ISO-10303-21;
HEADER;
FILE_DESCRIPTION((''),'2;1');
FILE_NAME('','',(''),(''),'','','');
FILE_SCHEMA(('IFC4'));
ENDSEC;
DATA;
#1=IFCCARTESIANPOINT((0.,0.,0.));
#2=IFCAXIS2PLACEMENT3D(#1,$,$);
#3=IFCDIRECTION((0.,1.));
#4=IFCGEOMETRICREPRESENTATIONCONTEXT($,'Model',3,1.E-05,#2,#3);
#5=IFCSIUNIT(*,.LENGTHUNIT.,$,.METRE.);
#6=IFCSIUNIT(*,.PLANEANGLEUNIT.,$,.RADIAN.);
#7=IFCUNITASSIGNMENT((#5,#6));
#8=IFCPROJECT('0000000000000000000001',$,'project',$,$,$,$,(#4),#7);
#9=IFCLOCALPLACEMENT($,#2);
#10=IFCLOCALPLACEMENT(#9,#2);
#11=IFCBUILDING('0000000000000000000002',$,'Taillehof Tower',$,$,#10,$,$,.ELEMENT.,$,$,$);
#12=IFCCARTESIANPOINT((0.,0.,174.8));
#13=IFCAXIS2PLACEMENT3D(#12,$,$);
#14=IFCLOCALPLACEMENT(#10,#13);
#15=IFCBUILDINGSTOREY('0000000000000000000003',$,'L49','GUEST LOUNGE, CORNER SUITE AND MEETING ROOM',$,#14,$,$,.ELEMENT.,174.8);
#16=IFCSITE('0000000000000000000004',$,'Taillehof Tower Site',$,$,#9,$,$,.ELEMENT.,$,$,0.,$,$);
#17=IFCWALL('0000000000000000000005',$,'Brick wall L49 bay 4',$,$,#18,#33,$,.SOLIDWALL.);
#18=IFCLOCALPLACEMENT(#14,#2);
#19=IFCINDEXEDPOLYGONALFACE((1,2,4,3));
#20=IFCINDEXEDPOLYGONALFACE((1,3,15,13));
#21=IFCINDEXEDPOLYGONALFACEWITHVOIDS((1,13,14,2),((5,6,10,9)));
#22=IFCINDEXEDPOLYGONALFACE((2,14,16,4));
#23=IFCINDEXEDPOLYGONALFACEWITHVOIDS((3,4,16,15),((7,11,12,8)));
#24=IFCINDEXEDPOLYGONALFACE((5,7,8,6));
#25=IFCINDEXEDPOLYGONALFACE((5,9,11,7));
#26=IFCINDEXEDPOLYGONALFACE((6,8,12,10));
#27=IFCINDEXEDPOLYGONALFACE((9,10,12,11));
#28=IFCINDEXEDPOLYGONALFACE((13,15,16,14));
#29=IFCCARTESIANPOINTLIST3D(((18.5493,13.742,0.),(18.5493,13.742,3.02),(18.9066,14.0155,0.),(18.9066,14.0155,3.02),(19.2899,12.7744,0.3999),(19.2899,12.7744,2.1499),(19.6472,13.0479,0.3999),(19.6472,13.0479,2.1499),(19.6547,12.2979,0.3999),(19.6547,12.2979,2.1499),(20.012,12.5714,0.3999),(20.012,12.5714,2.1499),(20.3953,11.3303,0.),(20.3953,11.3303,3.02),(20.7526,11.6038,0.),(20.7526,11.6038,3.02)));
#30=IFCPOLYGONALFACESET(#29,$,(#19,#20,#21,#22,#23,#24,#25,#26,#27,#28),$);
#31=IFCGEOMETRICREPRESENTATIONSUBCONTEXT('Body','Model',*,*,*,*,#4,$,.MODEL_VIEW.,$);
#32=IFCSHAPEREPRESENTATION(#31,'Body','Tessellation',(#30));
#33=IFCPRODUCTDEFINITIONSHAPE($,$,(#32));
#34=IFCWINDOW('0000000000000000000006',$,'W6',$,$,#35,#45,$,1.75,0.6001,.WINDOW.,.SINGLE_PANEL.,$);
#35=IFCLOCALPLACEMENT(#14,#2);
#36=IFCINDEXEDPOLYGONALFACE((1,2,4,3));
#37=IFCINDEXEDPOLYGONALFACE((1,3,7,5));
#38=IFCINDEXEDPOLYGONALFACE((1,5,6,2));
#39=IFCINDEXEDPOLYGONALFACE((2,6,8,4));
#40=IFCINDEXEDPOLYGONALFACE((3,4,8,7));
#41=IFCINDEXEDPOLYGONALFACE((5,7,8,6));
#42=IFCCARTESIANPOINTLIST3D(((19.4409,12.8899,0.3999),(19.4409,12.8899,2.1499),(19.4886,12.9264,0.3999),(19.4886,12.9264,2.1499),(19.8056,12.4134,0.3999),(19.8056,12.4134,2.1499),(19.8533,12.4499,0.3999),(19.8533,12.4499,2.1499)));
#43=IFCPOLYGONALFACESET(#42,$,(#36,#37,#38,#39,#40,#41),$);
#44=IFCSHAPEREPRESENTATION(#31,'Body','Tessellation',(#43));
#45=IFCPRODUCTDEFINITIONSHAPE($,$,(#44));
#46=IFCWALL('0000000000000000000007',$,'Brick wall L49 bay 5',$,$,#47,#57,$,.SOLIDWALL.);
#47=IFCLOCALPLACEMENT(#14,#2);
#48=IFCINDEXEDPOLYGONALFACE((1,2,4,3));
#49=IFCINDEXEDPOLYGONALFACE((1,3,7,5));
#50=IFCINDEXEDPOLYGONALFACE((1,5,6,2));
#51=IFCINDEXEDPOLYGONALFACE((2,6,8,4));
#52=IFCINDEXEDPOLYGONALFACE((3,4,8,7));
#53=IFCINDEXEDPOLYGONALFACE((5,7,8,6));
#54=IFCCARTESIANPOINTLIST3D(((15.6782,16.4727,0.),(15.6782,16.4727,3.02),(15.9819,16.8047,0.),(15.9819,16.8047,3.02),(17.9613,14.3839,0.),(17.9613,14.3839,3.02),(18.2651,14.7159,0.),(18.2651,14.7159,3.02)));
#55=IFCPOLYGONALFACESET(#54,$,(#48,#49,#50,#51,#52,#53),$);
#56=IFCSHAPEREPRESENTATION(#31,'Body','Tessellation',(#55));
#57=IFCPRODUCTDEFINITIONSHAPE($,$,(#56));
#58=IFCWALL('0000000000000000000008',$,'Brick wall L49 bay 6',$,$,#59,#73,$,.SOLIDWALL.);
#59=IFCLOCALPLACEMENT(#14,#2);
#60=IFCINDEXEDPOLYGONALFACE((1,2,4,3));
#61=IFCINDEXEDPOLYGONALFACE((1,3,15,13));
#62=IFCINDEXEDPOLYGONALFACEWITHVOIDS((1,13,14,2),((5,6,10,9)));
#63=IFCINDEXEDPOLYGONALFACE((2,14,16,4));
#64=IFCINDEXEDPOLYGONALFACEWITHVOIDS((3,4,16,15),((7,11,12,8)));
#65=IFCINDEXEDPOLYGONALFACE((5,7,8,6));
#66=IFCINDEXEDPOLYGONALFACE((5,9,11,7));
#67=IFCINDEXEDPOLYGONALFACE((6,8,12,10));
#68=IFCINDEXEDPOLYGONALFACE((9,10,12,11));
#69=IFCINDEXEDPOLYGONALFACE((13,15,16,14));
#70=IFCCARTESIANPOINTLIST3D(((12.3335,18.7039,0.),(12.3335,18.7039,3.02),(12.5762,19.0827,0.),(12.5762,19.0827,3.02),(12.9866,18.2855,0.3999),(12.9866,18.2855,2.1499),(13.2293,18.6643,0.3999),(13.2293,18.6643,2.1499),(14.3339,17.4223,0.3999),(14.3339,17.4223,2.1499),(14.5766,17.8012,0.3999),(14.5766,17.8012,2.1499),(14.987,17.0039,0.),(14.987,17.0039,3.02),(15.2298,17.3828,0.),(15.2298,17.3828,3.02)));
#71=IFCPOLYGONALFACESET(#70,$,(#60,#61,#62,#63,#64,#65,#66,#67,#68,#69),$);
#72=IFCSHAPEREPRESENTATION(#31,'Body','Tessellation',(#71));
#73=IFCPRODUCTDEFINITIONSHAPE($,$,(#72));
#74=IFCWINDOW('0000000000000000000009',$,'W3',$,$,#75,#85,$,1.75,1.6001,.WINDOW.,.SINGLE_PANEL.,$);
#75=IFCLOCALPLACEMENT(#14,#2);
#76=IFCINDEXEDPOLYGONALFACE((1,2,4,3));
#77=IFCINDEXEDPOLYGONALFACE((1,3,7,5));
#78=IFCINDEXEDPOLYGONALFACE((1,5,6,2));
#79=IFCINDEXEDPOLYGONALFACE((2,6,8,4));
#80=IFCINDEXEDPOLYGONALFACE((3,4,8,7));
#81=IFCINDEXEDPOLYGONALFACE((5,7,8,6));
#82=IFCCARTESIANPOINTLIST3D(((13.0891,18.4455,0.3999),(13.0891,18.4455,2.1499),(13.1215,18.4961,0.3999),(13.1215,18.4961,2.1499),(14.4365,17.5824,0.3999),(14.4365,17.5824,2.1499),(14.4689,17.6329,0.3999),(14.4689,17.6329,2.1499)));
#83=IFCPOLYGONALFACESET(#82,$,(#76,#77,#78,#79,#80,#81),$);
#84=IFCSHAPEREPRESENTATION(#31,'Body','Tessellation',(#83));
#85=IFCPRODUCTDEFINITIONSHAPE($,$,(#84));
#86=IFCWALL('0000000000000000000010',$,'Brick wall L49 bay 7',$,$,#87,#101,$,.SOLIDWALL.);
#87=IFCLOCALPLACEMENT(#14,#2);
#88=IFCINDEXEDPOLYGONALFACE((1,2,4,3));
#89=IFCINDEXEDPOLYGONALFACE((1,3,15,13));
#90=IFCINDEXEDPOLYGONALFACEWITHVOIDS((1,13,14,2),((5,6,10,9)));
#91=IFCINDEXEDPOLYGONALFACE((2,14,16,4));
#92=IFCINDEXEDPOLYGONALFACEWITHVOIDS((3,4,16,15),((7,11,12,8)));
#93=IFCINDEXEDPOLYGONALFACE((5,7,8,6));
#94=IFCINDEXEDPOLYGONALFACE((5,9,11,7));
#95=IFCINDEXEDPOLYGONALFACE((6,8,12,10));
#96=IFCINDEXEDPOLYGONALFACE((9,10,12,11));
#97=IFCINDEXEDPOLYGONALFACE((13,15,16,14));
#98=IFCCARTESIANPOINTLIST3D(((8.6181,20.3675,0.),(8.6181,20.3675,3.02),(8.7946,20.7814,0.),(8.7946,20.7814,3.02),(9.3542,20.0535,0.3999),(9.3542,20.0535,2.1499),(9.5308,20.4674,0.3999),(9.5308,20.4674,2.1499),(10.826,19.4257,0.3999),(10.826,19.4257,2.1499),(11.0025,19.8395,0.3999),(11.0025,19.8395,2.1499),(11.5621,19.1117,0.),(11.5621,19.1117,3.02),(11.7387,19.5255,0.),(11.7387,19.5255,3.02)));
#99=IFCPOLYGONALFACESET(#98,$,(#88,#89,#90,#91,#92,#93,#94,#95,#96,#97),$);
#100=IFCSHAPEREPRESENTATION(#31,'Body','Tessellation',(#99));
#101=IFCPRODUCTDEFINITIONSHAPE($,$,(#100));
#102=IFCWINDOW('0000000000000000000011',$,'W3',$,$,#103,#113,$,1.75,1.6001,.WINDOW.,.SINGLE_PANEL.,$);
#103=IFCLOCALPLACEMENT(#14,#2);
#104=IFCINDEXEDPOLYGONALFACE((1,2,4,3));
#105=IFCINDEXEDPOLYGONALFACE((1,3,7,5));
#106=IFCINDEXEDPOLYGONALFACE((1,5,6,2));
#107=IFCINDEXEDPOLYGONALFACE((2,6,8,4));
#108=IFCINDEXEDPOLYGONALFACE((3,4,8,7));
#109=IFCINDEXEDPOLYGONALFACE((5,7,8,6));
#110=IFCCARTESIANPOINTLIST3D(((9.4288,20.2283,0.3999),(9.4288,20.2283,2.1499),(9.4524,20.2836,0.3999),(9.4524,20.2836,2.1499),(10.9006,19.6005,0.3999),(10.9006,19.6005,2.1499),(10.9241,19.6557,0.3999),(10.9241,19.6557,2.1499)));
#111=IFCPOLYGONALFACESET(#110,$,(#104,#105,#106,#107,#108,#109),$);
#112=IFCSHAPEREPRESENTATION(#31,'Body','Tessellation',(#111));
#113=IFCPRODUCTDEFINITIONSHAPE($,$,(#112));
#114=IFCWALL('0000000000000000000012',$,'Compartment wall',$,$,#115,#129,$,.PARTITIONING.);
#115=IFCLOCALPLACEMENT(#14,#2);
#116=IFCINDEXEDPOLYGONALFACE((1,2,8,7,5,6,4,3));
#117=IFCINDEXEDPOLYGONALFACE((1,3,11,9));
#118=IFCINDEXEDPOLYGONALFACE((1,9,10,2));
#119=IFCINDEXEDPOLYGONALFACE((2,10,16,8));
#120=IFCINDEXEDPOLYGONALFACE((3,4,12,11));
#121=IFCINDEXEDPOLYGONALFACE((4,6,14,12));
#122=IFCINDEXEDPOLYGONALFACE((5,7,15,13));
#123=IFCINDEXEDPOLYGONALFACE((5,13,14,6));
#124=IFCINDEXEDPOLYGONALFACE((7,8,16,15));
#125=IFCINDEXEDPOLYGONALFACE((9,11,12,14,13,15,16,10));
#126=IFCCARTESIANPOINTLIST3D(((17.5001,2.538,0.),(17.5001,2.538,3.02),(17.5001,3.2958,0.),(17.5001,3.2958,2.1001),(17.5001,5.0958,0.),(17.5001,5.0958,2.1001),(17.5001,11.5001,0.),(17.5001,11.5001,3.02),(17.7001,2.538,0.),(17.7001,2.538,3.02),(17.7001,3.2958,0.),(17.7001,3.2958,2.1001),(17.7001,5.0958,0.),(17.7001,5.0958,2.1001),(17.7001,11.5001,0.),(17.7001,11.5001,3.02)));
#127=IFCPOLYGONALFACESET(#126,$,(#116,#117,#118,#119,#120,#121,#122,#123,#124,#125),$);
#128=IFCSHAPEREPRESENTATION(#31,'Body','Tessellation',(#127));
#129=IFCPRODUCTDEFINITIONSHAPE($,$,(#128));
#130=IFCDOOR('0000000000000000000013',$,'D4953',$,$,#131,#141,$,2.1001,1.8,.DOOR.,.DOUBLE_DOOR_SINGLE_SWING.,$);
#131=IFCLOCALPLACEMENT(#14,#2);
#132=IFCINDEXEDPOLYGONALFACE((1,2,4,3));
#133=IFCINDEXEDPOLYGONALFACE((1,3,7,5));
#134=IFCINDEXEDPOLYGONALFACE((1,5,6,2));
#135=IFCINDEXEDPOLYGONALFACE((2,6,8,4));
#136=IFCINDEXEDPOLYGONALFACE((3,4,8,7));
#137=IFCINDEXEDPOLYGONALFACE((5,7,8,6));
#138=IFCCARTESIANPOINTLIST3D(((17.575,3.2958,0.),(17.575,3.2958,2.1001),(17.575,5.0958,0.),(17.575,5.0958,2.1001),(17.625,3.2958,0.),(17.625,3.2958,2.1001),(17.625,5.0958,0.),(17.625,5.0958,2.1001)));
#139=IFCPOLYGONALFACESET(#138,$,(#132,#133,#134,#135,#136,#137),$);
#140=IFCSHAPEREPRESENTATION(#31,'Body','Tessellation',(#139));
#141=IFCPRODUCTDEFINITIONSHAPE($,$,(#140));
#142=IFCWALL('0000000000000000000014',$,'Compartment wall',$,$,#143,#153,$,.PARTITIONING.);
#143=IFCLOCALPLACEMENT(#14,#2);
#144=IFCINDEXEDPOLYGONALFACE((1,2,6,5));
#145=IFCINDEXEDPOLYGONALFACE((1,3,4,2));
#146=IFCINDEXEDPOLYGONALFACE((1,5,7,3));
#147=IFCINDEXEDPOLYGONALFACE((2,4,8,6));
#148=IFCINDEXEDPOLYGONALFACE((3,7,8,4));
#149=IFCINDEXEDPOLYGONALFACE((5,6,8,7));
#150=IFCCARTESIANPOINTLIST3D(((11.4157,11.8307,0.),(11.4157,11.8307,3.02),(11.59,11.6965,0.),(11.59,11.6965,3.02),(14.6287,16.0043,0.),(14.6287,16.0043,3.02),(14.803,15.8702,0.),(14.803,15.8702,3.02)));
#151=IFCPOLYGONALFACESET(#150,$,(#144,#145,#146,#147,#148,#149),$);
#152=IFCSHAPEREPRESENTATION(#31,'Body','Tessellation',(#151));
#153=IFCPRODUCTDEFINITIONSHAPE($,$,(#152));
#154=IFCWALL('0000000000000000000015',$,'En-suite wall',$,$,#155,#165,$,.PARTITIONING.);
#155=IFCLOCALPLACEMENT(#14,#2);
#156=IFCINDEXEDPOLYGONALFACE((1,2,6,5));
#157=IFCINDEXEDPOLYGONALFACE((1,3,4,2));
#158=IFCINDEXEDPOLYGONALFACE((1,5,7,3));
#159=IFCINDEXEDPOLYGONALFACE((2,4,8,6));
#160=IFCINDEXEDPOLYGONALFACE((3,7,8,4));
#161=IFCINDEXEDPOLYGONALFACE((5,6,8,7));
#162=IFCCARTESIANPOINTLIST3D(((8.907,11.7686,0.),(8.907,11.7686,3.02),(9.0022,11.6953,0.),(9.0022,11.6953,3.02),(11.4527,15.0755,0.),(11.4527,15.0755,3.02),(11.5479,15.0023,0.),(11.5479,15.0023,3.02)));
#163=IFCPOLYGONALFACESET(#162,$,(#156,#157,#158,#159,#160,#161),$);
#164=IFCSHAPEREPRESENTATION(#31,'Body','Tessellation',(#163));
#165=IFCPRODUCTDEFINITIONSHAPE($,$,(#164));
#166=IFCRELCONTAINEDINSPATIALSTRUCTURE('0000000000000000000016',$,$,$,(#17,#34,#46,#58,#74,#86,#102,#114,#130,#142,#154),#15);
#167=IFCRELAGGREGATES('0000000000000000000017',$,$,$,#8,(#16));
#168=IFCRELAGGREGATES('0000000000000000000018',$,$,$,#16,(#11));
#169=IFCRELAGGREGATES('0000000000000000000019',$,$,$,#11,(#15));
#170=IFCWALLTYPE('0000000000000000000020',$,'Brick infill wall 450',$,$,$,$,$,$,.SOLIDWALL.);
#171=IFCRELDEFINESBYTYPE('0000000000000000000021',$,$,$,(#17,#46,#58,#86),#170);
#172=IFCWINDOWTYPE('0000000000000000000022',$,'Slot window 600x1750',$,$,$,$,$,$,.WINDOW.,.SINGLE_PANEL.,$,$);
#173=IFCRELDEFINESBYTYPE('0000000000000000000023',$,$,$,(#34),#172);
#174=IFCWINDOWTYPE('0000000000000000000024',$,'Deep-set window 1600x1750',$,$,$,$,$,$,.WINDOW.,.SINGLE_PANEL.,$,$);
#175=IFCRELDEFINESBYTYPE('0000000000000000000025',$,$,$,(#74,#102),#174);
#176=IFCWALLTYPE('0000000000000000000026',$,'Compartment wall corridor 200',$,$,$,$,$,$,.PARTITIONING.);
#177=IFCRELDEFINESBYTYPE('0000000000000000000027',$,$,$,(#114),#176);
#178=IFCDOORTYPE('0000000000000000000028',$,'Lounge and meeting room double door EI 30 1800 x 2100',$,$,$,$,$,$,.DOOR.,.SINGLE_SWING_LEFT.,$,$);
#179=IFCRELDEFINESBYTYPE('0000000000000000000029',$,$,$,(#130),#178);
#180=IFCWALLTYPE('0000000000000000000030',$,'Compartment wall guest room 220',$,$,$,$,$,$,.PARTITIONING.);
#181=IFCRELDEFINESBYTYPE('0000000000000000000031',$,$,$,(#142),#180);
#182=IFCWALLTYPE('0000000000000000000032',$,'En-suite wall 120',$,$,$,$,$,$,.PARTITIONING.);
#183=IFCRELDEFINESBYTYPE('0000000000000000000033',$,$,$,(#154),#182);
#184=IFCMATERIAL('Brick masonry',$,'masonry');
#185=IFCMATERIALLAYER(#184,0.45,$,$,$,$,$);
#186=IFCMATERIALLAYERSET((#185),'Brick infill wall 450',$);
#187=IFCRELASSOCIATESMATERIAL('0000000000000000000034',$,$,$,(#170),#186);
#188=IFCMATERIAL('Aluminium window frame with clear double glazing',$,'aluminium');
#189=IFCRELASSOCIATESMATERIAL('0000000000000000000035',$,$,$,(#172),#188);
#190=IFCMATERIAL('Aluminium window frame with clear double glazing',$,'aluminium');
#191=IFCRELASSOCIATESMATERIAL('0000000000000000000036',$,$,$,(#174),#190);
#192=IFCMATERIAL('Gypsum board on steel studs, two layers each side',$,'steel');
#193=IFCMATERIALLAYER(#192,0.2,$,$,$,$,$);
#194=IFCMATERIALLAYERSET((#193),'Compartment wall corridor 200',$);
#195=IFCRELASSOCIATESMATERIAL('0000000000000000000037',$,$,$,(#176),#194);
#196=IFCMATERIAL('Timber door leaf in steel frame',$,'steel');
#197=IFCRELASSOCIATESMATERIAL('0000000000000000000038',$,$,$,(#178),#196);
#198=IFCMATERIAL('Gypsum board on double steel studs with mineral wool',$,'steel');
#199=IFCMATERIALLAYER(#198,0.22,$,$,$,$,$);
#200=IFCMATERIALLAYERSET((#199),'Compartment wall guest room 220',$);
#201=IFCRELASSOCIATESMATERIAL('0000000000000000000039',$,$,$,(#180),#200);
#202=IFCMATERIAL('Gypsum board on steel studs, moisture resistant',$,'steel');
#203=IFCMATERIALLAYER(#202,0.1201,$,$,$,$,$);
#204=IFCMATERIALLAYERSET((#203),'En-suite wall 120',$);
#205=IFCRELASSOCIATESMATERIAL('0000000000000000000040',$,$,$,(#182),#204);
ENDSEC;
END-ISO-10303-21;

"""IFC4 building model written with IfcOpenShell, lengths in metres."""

from ifc_helpers import new_model, si_unit, direction, frame, frame_2d, origin, place, context, subcontext, project, spatial, rectangle, extrude, material, layer, layer_set, type_object, element, fill, save


model = new_model("IFC4")

# Units and contexts
model_context = context("Model", 3, precision=1e-05, world=origin(), true_north=direction((0.0, 1.0)))
body_context = subcontext(model_context, "Body", "Model", "MODEL_VIEW")
ifc_project = project(units=[si_unit("LENGTHUNIT", "METRE"), si_unit("PLANEANGLEUNIT", "RADIAN")], contexts=[model_context])

# Site, building, storey
site_placement = place(None, origin())
site = spatial("IfcSite", under=ifc_project, at=site_placement, Name="Taillehof Tower Site", CompositionType="ELEMENT", RefElevation=0.0)
building_placement = place(site_placement, origin())
building = spatial("IfcBuilding", under=site, at=building_placement, Name="Taillehof Tower", CompositionType="ELEMENT")
storey_placement = place(building_placement, frame((0.0, 0.0, 174.8)))
storey = spatial("IfcBuildingStorey", under=building, at=storey_placement, Name="L49", Description="GUEST LOUNGE, CORNER SUITE AND MEETING ROOM", CompositionType="ELEMENT", Elevation=174.8)

# Wall, opening, window
ifc_material_1 = material(Name="Brick masonry", Category="masonry")
ifc_layer_1 = layer(ifc_material_1, 0.45)
ifc_layer_set_1 = layer_set([ifc_layer_1], Name="Brick infill wall 450")
wall_type_1 = type_object("IfcWallType", Name="Brick infill wall 450", PredefinedType="SOLIDWALL", material=ifc_layer_set_1)
wall_1_placement = place(storey_placement, frame((20.574, 11.467, 0.0), z_axis=(0.0, 0.0, 1.0), x_axis=(-0.607817, 0.794077, 0.0)))
wall_1 = element("IfcWall", 1, at=wall_1_placement, inside=storey, type_object=wall_type_1, Name="Brick wall L49 bay 4", PredefinedType="SOLIDWALL", context=body_context, shape_type="SweptSolid", body=[
    extrude(rectangle(XDim=3.0371, YDim=0.45, at=frame_2d((1.5186, 0.0))), origin(), (0.0, 0.0, 1.0), 3.02),
])
opening_1_placement = place(wall_1_placement, frame((1.2185, 0.0, 0.3999)))
opening_1 = element("IfcOpeningElement", 2, at=opening_1_placement, cuts=wall_1, PredefinedType="OPENING", context=body_context, shape_type="SweptSolid", body=[
    extrude(rectangle(XDim=0.6001, YDim=1.75, at=frame_2d((0.3, 0.875))), frame((0.0, 0.2349, 0.0), z_axis=(0.0, -1.0, 0.0), x_axis=(1.0, 0.0, 0.0)), (0.0, 0.0, 1.0), 0.47),
])
ifc_material_2 = material(Name="Aluminium window frame with clear double glazing", Category="aluminium")
window_type_1 = type_object("IfcWindowType", Name="Slot window 600x1750", PartitioningType="SINGLE_PANEL", PredefinedType="WINDOW", material=ifc_material_2)
window_1_placement = place(opening_1_placement, origin())
window_1 = element("IfcWindow", 3, at=window_1_placement, inside=storey, type_object=window_type_1, Name="W6", OverallHeight=1.75, OverallWidth=0.6001, PartitioningType="SINGLE_PANEL", PredefinedType="WINDOW", context=body_context, shape_type="SweptSolid", body=[
    extrude(rectangle(XDim=0.6001, YDim=1.75, at=frame_2d((0.3, 0.875))), frame((0.0, 0.0349, 0.0), z_axis=(0.0, -1.0, 0.0), x_axis=(1.0, 0.0, 0.0)), (0.0, 0.0, 1.0), 0.0601),
])
fill(opening_1, window_1)

# Wall
wall_2_placement = place(storey_placement, frame((18.1133, 14.5498, 0.0), z_axis=(0.0, 0.0, 1.0), x_axis=(-0.737809, 0.67501, 0.0)))
element("IfcWall", 4, at=wall_2_placement, inside=storey, type_object=wall_type_1, Name="Brick wall L49 bay 5", PredefinedType="SOLIDWALL", context=body_context, shape_type="SweptSolid", body=[
    extrude(rectangle(XDim=3.0945, YDim=0.45, at=frame_2d((1.5474, 0.0))), origin(), (0.0, 0.0, 1.0), 3.02),
])

# Walls, openings, windows
wall_3_placement = place(storey_placement, frame((15.1084, 17.1934, 0.0), z_axis=(0.0, 0.0, 1.0), x_axis=(-0.842031, 0.53943, 0.0)))
wall_3 = element("IfcWall", 5, at=wall_3_placement, inside=storey, type_object=wall_type_1, Name="Brick wall L49 bay 6", PredefinedType="SOLIDWALL", context=body_context, shape_type="SweptSolid", body=[
    extrude(rectangle(XDim=3.1514, YDim=0.45, at=frame_2d((1.5757, 0.0))), origin(), (0.0, 0.0, 1.0), 3.02),
])
opening_2_placement = place(wall_3_placement, frame((0.7756, 0.0, 0.3999)))
opening_2 = element("IfcOpeningElement", 6, at=opening_2_placement, cuts=wall_3, PredefinedType="OPENING", context=body_context, shape_type="SweptSolid", body=[
    extrude(rectangle(XDim=1.6001, YDim=1.75, at=frame_2d((0.8, 0.875))), frame((0.0, 0.2349, 0.0), z_axis=(0.0, -1.0, 0.0), x_axis=(1.0, 0.0, 0.0)), (0.0, 0.0, 1.0), 0.47),
])
ifc_material_3 = material(Name="Aluminium window frame with clear double glazing", Category="aluminium")
window_type_2 = type_object("IfcWindowType", Name="Deep-set window 1600x1750", PartitioningType="SINGLE_PANEL", PredefinedType="WINDOW", material=ifc_material_3)
window_2_placement = place(opening_2_placement, origin())
window_2 = element("IfcWindow", 7, at=window_2_placement, inside=storey, type_object=window_type_2, Name="W3", OverallHeight=1.75, OverallWidth=1.6001, PartitioningType="SINGLE_PANEL", PredefinedType="WINDOW", context=body_context, shape_type="SweptSolid", body=[
    extrude(rectangle(XDim=1.6001, YDim=1.75, at=frame_2d((0.8, 0.875))), frame((0.0, 0.0349, 0.0), z_axis=(0.0, -1.0, 0.0), x_axis=(1.0, 0.0, 0.0)), (0.0, 0.0, 1.0), 0.0601),
])
fill(opening_2, window_2)
wall_4_placement = place(storey_placement, frame((11.6504, 19.3186, 0.0), z_axis=(0.0, 0.0, 1.0), x_axis=(-0.91981, 0.392363, 0.0)))
wall_4 = element("IfcWall", 8, at=wall_4_placement, inside=storey, type_object=wall_type_1, Name="Brick wall L49 bay 7", PredefinedType="SOLIDWALL", context=body_context, shape_type="SweptSolid", body=[
    extrude(rectangle(XDim=3.2007, YDim=0.45, at=frame_2d((1.6003, 0.0))), origin(), (0.0, 0.0, 1.0), 3.02),
])
opening_3_placement = place(wall_4_placement, frame((0.8003, 0.0, 0.3999)))
opening_3 = element("IfcOpeningElement", 9, at=opening_3_placement, cuts=wall_4, PredefinedType="OPENING", context=body_context, shape_type="SweptSolid", body=[
    extrude(rectangle(XDim=1.6001, YDim=1.75, at=frame_2d((0.8, 0.875))), frame((0.0, 0.2349, 0.0), z_axis=(0.0, -1.0, 0.0), x_axis=(1.0, 0.0, 0.0)), (0.0, 0.0, 1.0), 0.47),
])
window_3_placement = place(opening_3_placement, origin())
window_3 = element("IfcWindow", 10, at=window_3_placement, inside=storey, type_object=window_type_2, Name="W3", OverallHeight=1.75, OverallWidth=1.6001, PartitioningType="SINGLE_PANEL", PredefinedType="WINDOW", context=body_context, shape_type="SweptSolid", body=[
    extrude(rectangle(XDim=1.6001, YDim=1.75, at=frame_2d((0.8, 0.875))), frame((0.0, 0.0349, 0.0), z_axis=(0.0, -1.0, 0.0), x_axis=(1.0, 0.0, 0.0)), (0.0, 0.0, 1.0), 0.0601),
])
fill(opening_3, window_3)

# Wall, opening, door
ifc_material_4 = material(Name="Gypsum board on steel studs, two layers each side", Category="steel")
ifc_layer_2 = layer(ifc_material_4, 0.2)
ifc_layer_set_2 = layer_set([ifc_layer_2], Name="Compartment wall corridor 200")
wall_type_2 = type_object("IfcWallType", Name="Compartment wall corridor 200", PredefinedType="PARTITIONING", material=ifc_layer_set_2)
wall_5_placement = place(storey_placement, frame((17.6001, 11.5, 0.0), z_axis=(0.0, 0.0, 1.0), x_axis=(0.0, -1.0, 0.0)))
wall_5 = element("IfcWall", 11, at=wall_5_placement, inside=storey, type_object=wall_type_2, Name="Compartment wall", PredefinedType="PARTITIONING", context=body_context, shape_type="SweptSolid", body=[
    extrude(rectangle(XDim=8.9622, YDim=0.2, at=frame_2d((4.481, 0.0))), origin(), (0.0, 0.0, 1.0), 3.02),
])
opening_4_placement = place(wall_5_placement, frame((6.4043, 0.0, 0.0)))
opening_4 = element("IfcOpeningElement", 12, at=opening_4_placement, cuts=wall_5, PredefinedType="OPENING", context=body_context, shape_type="SweptSolid", body=[
    extrude(rectangle(XDim=1.8, YDim=2.1001, at=frame_2d((0.8999, 1.05))), frame((0.0, 0.1099, 0.0), z_axis=(0.0, -1.0, 0.0), x_axis=(1.0, 0.0, 0.0)), (0.0, 0.0, 1.0), 0.22),
])
ifc_material_5 = material(Name="Timber door leaf in steel frame", Category="steel")
door_type_1 = type_object("IfcDoorType", Name="Lounge and meeting room double door EI 30 1800 x 2100", OperationType="SINGLE_SWING_LEFT", PredefinedType="DOOR", material=ifc_material_5)
door_1_placement = place(opening_4_placement, origin())
door_1 = element("IfcDoor", 13, at=door_1_placement, inside=storey, type_object=door_type_1, Name="D4953", OperationType="DOUBLE_DOOR_SINGLE_SWING", OverallHeight=2.1001, OverallWidth=1.8, PredefinedType="DOOR", context=body_context, shape_type="SweptSolid", body=[
    extrude(rectangle(XDim=1.8, YDim=2.1001, at=frame_2d((0.8999, 1.05))), frame((0.0, 0.0249, 0.0), z_axis=(0.0, -1.0, 0.0), x_axis=(1.0, 0.0, 0.0)), (0.0, 0.0, 1.0), 0.05),
])
fill(opening_4, door_1)

# Walls
ifc_material_6 = material(Name="Gypsum board on double steel studs with mineral wool", Category="steel")
ifc_layer_3 = layer(ifc_material_6, 0.22)
ifc_layer_set_3 = layer_set([ifc_layer_3], Name="Compartment wall guest room 220")
wall_type_3 = type_object("IfcWallType", Name="Compartment wall guest room 220", PredefinedType="PARTITIONING", material=ifc_layer_set_3)
wall_6_placement = place(storey_placement, frame((14.7158, 15.9373, 0.0), z_axis=(0.0, 0.0, 1.0), x_axis=(-0.610002, -0.7924, 0.0)))
element("IfcWall", 14, at=wall_6_placement, inside=storey, type_object=wall_type_3, Name="Compartment wall", PredefinedType="PARTITIONING", context=body_context, shape_type="SweptSolid", body=[
    extrude(rectangle(XDim=5.2671, YDim=0.22, at=frame_2d((2.6335, 0.0))), origin(), (0.0, 0.0, 1.0), 3.02),
])
ifc_material_7 = material(Name="Gypsum board on steel studs, moisture resistant", Category="steel")
ifc_layer_4 = layer(ifc_material_7, 0.1201)
ifc_layer_set_4 = layer_set([ifc_layer_4], Name="En-suite wall 120")
wall_type_4 = type_object("IfcWallType", Name="En-suite wall 120", PredefinedType="PARTITIONING", material=ifc_layer_set_4)
wall_7_placement = place(storey_placement, frame((8.9546, 11.7319, 0.0), z_axis=(0.0, 0.0, 1.0), x_axis=(0.609996, 0.792404, 0.0)))
element("IfcWall", 15, at=wall_7_placement, inside=storey, type_object=wall_type_4, Name="En-suite wall", PredefinedType="PARTITIONING", context=body_context, shape_type="SweptSolid", body=[
    extrude(rectangle(XDim=4.1733, YDim=0.1201, at=frame_2d((2.0867, 0.0))), origin(), (0.0, 0.0, 1.0), 3.02),
])

save(model, "model.ifc")
